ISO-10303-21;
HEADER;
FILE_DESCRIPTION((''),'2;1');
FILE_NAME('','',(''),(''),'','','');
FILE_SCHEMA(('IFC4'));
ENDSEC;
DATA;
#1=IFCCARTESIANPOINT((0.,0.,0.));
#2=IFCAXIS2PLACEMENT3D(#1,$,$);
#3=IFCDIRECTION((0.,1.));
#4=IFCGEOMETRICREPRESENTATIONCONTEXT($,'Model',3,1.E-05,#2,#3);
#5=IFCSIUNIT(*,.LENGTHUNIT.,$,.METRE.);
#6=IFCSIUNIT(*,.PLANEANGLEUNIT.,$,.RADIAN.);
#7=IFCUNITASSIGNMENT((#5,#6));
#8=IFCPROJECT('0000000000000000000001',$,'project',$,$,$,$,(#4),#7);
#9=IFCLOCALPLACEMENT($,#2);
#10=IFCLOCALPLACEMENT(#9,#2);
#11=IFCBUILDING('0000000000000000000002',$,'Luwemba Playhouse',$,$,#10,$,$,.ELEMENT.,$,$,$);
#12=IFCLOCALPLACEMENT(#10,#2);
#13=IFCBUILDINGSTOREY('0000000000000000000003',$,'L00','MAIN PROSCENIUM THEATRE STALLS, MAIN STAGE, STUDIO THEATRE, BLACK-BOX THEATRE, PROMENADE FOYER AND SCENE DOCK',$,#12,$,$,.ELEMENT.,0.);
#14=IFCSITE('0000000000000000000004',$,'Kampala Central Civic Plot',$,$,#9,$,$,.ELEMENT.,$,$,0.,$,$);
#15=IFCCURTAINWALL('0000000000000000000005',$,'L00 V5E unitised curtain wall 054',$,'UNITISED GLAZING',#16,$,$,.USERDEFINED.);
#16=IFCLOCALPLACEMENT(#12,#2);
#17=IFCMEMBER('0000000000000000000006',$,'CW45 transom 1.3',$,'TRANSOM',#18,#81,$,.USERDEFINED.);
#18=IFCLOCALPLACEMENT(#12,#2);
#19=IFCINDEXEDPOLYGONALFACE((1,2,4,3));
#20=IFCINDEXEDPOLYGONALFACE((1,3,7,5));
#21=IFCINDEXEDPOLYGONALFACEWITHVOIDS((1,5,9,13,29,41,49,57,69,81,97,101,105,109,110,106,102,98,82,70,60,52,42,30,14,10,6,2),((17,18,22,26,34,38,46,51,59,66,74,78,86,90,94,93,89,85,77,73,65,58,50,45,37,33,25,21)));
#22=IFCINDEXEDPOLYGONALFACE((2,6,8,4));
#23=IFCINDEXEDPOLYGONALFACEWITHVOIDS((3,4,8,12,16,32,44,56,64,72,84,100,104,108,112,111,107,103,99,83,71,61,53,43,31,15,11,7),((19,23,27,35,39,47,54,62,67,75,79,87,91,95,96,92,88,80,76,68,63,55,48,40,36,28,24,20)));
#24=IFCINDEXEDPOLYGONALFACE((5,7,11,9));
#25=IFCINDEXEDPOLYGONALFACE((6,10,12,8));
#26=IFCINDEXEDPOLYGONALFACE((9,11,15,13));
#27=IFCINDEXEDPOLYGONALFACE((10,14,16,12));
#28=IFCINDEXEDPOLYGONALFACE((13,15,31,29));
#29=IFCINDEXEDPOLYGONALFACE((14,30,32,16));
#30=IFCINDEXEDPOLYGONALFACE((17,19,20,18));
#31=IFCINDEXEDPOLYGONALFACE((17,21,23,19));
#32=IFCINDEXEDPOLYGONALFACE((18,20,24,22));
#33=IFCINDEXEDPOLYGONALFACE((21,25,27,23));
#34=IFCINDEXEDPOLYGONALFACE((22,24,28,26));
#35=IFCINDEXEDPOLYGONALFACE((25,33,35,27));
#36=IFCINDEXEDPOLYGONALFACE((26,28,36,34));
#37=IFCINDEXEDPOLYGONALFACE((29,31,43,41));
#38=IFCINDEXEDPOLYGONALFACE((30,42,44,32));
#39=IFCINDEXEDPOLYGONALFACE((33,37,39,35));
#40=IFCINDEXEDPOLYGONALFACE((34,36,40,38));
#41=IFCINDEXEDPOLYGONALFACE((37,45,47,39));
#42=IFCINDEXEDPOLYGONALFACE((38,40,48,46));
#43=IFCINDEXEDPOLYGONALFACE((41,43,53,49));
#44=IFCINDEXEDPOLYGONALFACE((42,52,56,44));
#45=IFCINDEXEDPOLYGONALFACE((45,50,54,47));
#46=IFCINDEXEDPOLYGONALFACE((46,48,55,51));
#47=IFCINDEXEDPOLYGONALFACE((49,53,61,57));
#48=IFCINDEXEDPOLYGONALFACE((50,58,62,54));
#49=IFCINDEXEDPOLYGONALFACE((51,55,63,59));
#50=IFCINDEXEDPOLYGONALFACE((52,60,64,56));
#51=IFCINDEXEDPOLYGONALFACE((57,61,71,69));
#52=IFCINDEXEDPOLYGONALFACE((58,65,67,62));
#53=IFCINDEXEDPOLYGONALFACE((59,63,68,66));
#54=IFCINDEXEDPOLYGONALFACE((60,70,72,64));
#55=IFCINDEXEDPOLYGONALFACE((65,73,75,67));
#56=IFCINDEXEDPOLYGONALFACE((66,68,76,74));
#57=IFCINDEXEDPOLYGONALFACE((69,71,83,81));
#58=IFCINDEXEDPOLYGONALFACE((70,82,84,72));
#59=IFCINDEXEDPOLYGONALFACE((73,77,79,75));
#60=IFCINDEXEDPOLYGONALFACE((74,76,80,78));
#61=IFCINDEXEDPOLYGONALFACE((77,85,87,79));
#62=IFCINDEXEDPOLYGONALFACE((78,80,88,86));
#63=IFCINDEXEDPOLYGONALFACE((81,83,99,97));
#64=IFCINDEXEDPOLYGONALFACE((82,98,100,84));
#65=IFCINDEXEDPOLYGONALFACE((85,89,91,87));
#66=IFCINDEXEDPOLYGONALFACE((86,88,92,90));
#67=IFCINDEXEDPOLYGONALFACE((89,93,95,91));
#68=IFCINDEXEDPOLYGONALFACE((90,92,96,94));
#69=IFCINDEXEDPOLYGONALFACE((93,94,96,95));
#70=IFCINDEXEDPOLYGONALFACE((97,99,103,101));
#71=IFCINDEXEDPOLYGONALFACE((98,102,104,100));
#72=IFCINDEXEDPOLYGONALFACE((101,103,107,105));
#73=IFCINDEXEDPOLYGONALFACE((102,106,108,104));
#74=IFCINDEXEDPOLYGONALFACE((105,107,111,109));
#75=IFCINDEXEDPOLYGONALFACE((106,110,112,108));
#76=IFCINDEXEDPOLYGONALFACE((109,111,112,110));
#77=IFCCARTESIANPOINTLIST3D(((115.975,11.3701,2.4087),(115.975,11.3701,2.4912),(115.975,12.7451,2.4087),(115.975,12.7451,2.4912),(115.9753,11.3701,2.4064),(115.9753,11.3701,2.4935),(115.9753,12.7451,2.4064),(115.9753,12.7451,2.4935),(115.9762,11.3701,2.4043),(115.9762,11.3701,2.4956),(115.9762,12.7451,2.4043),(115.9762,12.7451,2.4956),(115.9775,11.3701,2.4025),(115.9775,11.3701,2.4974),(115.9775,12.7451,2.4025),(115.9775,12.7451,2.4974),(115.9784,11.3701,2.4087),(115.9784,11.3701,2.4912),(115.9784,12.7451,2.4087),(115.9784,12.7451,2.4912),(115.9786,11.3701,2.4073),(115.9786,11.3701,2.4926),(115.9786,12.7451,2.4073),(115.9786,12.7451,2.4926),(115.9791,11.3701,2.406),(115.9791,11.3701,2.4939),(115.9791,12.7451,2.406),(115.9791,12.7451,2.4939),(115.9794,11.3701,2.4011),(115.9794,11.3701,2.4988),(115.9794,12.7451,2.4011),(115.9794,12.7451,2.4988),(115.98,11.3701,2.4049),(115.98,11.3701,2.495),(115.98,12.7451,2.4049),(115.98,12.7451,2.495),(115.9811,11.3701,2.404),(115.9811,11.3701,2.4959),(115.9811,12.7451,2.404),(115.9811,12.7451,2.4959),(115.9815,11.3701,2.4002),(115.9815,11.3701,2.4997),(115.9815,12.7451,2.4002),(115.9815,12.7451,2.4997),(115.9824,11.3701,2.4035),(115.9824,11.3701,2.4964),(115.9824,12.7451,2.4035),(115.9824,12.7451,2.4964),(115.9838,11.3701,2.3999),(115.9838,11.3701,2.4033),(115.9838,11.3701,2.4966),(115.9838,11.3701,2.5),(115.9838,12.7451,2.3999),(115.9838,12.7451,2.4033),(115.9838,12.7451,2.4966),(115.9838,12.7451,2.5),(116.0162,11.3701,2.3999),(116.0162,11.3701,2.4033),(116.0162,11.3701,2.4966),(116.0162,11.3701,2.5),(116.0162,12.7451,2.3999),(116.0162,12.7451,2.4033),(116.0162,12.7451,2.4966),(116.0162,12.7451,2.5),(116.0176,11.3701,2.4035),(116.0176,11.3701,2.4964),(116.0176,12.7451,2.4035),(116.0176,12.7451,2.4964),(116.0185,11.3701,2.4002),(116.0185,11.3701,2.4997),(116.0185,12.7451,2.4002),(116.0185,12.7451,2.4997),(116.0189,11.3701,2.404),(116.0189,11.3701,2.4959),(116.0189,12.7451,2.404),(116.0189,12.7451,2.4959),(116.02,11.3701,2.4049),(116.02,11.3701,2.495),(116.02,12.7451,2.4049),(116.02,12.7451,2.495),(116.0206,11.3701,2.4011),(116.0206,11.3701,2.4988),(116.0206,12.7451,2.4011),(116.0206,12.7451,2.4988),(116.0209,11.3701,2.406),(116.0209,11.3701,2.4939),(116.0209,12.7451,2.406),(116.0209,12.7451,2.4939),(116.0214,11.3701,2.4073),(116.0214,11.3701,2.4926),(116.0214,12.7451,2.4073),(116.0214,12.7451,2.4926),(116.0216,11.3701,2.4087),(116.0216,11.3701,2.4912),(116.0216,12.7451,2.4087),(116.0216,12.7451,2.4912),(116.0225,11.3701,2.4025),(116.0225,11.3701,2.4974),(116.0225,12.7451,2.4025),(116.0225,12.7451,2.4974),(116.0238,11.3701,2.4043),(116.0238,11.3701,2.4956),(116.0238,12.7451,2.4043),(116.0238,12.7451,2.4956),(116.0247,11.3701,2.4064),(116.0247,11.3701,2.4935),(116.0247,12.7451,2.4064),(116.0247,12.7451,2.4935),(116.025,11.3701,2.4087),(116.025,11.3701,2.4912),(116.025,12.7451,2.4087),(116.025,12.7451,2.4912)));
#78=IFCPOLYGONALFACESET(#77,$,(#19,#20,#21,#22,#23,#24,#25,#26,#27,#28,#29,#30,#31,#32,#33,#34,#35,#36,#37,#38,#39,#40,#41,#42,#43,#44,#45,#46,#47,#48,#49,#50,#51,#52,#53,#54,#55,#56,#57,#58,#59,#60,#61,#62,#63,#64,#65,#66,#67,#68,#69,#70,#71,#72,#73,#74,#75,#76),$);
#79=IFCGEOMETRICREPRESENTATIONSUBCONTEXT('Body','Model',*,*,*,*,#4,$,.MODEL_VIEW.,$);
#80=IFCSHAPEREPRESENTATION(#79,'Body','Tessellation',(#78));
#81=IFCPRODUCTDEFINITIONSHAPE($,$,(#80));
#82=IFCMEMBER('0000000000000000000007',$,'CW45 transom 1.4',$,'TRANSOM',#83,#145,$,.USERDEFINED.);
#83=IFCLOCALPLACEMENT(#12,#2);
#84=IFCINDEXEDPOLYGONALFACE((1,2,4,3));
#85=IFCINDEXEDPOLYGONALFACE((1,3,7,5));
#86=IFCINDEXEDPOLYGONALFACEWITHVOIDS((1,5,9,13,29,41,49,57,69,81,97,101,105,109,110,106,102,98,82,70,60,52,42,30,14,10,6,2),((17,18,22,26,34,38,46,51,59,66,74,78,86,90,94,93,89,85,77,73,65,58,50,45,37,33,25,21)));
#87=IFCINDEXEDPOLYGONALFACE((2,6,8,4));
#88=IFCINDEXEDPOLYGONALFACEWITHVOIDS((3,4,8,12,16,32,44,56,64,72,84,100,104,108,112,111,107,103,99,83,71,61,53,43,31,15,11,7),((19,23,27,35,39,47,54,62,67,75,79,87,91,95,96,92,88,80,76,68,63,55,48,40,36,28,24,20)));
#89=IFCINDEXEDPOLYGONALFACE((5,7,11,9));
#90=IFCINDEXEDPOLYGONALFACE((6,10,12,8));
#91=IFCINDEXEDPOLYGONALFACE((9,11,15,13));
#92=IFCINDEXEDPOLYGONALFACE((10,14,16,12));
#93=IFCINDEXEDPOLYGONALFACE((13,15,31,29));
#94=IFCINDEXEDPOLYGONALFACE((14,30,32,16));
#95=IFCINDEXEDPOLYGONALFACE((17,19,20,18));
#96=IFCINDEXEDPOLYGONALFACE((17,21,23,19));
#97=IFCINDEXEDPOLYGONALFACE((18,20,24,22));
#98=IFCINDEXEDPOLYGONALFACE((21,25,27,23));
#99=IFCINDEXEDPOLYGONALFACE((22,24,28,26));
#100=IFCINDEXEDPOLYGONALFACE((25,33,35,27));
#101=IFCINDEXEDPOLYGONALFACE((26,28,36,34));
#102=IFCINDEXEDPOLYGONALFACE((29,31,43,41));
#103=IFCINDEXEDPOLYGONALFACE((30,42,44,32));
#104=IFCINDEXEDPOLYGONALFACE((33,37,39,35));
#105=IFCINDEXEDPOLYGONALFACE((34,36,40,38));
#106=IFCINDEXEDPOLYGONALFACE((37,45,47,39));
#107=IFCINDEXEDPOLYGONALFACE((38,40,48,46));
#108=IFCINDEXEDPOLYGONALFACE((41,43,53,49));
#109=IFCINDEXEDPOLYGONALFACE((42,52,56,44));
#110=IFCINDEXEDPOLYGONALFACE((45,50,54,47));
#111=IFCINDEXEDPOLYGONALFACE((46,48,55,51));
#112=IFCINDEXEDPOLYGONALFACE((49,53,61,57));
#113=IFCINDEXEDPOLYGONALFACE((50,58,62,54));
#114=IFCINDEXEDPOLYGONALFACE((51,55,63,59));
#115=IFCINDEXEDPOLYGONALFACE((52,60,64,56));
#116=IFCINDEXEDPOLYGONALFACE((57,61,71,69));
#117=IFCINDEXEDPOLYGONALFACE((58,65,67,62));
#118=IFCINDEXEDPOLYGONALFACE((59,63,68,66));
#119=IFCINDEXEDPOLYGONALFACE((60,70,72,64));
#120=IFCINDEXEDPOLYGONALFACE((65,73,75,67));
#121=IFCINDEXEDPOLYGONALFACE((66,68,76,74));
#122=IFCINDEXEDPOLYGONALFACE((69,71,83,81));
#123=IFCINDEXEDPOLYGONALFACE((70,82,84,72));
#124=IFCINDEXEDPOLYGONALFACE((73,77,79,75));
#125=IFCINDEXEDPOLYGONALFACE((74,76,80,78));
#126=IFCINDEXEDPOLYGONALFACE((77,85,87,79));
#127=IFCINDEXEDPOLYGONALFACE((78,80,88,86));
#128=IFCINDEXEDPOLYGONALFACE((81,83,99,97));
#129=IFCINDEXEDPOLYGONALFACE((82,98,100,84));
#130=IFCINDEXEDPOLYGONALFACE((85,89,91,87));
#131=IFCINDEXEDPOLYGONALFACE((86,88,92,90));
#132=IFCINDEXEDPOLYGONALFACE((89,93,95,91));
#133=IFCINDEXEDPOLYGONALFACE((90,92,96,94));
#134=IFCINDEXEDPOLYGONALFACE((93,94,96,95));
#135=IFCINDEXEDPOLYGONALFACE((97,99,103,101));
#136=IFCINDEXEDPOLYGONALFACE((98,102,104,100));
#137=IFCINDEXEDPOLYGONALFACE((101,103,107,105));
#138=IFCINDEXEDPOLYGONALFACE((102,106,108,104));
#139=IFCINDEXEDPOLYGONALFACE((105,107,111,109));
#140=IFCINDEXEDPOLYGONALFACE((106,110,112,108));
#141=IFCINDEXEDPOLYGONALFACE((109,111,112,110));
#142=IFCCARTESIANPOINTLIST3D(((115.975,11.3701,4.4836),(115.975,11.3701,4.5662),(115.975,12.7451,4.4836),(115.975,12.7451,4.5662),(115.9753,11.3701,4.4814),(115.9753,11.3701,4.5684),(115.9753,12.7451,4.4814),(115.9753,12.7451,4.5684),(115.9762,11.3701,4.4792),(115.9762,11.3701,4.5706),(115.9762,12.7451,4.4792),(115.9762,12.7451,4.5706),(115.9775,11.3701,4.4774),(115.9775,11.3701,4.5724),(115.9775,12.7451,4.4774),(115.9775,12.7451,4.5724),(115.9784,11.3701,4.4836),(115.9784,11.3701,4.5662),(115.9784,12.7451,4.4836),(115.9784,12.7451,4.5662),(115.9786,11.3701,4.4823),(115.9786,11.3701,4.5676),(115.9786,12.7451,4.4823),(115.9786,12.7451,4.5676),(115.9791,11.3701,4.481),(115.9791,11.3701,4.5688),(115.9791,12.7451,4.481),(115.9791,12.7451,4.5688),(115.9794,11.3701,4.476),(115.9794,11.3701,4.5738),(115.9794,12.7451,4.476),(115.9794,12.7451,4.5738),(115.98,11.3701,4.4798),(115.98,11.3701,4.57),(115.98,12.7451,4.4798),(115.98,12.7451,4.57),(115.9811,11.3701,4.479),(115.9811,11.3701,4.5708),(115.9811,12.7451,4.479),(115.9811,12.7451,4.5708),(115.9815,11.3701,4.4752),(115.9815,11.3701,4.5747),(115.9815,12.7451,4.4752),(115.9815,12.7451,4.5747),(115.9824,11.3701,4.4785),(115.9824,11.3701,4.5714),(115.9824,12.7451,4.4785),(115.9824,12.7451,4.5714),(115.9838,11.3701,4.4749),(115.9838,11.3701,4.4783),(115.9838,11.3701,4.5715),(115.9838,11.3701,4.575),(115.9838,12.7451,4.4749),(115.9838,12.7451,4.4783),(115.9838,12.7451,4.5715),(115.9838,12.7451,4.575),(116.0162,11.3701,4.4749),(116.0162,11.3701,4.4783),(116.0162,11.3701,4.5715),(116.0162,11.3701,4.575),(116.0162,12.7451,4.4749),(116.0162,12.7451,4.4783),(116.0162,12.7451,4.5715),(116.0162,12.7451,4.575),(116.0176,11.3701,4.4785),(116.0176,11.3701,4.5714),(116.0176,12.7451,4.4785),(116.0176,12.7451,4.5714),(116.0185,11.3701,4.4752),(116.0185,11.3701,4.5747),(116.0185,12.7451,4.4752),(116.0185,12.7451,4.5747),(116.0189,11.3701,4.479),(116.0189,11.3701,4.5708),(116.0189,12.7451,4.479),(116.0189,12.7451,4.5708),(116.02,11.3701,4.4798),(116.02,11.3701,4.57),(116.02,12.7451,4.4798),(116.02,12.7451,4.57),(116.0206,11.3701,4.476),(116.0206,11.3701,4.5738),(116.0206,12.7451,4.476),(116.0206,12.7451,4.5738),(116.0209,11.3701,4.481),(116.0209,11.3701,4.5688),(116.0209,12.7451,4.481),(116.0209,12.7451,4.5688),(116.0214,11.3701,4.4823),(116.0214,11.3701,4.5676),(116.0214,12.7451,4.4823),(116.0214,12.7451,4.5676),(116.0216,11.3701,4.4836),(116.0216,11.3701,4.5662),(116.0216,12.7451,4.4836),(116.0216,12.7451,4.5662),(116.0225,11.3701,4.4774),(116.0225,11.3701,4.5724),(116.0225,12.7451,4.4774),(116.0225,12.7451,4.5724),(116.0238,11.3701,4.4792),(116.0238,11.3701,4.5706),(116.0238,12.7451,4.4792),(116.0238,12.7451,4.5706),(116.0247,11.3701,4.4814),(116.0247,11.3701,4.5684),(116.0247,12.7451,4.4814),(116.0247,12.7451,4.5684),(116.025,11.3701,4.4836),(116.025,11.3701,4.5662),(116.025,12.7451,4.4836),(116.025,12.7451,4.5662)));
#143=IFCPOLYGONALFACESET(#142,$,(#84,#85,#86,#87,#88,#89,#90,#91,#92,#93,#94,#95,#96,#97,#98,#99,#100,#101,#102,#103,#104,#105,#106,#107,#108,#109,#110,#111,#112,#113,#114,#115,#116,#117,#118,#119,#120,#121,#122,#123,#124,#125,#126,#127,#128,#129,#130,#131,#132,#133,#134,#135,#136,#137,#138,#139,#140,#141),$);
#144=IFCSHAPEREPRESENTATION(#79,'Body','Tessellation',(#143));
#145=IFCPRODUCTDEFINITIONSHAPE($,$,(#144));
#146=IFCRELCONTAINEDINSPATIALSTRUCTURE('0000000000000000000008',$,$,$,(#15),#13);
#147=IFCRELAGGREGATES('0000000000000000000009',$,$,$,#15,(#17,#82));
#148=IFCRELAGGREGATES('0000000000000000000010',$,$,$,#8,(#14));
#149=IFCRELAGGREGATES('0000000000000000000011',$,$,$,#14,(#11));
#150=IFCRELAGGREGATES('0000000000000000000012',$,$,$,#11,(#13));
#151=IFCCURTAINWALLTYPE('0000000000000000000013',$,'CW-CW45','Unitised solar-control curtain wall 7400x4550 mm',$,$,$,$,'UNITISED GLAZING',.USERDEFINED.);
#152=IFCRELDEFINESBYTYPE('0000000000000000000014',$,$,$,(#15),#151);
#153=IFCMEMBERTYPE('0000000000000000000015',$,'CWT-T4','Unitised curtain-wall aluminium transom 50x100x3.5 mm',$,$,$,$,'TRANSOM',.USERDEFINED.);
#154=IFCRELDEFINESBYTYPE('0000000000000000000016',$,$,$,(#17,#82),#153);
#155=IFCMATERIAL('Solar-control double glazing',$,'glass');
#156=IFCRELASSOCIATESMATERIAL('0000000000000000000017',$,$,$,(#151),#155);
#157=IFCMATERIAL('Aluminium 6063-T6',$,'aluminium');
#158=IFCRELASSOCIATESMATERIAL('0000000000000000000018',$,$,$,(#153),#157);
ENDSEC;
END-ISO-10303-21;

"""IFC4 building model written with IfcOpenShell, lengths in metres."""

from ifc_helpers import new_model, si_unit, direction, frame, origin, origin_2d, place, context, subcontext, project, spatial, hollow_rectangle, extrude, material, material_profile, profile_set, type_object, element, aggregate, save


model = new_model("IFC4")

# Units and contexts
model_context = context("Model", 3, precision=1e-05, world=origin(), true_north=direction((0.0, 1.0)))
body_context = subcontext(model_context, "Body", "Model", "MODEL_VIEW")
ifc_project = project(units=[si_unit("LENGTHUNIT", "METRE"), si_unit("PLANEANGLEUNIT", "RADIAN")], contexts=[model_context])

# Site, building, storey
site_placement = place(None, origin())
site = spatial("IfcSite", under=ifc_project, at=site_placement, Name="Kampala Central Civic Plot", CompositionType="ELEMENT", RefElevation=0.0)
building_placement = place(site_placement, origin())
building = spatial("IfcBuilding", under=site, at=building_placement, Name="Luwemba Playhouse", CompositionType="ELEMENT")
storey_placement = place(building_placement, origin())
storey = spatial("IfcBuildingStorey", under=building, at=storey_placement, Name="L00", Description="MAIN PROSCENIUM THEATRE STALLS, MAIN STAGE, STUDIO THEATRE, BLACK-BOX THEATRE, PROMENADE FOYER AND SCENE DOCK", CompositionType="ELEMENT", Elevation=0.0)

# Curtain wall, members
ifc_material_1 = material(Name="Solar-control double glazing", Category="glass")
curtain_wall_type = type_object("IfcCurtainWallType", Name="CW-CW45", Description="Unitised solar-control curtain wall 7400x4550 mm", ElementType="UNITISED GLAZING", PredefinedType="USERDEFINED", material=ifc_material_1)
curtain_wall_placement = place(storey_placement, origin())
curtain_wall = element("IfcCurtainWall", 1, at=curtain_wall_placement, inside=storey, type_object=curtain_wall_type, Name="L00 V5E unitised curtain wall 054", ObjectType="UNITISED GLAZING", PredefinedType="USERDEFINED")
ifc_material_2 = material(Name="Aluminium 6063-T6", Category="aluminium")
ifc_material_profile_1 = material_profile(ifc_material_2, hollow_rectangle(XDim=0.05, YDim=0.1001, WallThickness=0.0034, InnerFilletRadius=0.0054, OuterFilletRadius=0.0088, at=origin_2d()))
ifc_profile_set_1 = profile_set([ifc_material_profile_1], Name="Aluminium 6063-T6")
member_type = type_object("IfcMemberType", Name="CWT-T4", Description="Unitised curtain-wall aluminium transom 50x100x3.5 mm", ElementType="TRANSOM", PredefinedType="USERDEFINED", material=ifc_profile_set_1)
member_1_placement = place(storey_placement, frame((116.0, 11.3701, 2.45), z_axis=(0.0, 1.0, 0.0), x_axis=(-1.0, 0.0, 0.0)))
member_1 = element("IfcMember", 2, at=member_1_placement, type_object=member_type, Name="CW45 transom 1.3", ObjectType="TRANSOM", PredefinedType="USERDEFINED", context=body_context, shape_type="SweptSolid", body=[
    extrude(hollow_rectangle(XDim=0.05, YDim=0.1001, WallThickness=0.0034, InnerFilletRadius=0.0054, OuterFilletRadius=0.0088, at=origin_2d()), origin(), (0.0, 0.0, 1.0), 1.375),
])
member_2_placement = place(storey_placement, frame((116.0, 11.3701, 4.5249), z_axis=(0.0, 1.0, 0.0), x_axis=(-1.0, 0.0, 0.0)))
member_2 = element("IfcMember", 3, at=member_2_placement, type_object=member_type, Name="CW45 transom 1.4", ObjectType="TRANSOM", PredefinedType="USERDEFINED", context=body_context, shape_type="SweptSolid", body=[
    extrude(hollow_rectangle(XDim=0.05, YDim=0.1001, WallThickness=0.0034, InnerFilletRadius=0.0054, OuterFilletRadius=0.0088, at=origin_2d()), origin(), (0.0, 0.0, 1.0), 1.375),
])
aggregate(curtain_wall, [member_1, member_2])

save(model, "model.ifc")
